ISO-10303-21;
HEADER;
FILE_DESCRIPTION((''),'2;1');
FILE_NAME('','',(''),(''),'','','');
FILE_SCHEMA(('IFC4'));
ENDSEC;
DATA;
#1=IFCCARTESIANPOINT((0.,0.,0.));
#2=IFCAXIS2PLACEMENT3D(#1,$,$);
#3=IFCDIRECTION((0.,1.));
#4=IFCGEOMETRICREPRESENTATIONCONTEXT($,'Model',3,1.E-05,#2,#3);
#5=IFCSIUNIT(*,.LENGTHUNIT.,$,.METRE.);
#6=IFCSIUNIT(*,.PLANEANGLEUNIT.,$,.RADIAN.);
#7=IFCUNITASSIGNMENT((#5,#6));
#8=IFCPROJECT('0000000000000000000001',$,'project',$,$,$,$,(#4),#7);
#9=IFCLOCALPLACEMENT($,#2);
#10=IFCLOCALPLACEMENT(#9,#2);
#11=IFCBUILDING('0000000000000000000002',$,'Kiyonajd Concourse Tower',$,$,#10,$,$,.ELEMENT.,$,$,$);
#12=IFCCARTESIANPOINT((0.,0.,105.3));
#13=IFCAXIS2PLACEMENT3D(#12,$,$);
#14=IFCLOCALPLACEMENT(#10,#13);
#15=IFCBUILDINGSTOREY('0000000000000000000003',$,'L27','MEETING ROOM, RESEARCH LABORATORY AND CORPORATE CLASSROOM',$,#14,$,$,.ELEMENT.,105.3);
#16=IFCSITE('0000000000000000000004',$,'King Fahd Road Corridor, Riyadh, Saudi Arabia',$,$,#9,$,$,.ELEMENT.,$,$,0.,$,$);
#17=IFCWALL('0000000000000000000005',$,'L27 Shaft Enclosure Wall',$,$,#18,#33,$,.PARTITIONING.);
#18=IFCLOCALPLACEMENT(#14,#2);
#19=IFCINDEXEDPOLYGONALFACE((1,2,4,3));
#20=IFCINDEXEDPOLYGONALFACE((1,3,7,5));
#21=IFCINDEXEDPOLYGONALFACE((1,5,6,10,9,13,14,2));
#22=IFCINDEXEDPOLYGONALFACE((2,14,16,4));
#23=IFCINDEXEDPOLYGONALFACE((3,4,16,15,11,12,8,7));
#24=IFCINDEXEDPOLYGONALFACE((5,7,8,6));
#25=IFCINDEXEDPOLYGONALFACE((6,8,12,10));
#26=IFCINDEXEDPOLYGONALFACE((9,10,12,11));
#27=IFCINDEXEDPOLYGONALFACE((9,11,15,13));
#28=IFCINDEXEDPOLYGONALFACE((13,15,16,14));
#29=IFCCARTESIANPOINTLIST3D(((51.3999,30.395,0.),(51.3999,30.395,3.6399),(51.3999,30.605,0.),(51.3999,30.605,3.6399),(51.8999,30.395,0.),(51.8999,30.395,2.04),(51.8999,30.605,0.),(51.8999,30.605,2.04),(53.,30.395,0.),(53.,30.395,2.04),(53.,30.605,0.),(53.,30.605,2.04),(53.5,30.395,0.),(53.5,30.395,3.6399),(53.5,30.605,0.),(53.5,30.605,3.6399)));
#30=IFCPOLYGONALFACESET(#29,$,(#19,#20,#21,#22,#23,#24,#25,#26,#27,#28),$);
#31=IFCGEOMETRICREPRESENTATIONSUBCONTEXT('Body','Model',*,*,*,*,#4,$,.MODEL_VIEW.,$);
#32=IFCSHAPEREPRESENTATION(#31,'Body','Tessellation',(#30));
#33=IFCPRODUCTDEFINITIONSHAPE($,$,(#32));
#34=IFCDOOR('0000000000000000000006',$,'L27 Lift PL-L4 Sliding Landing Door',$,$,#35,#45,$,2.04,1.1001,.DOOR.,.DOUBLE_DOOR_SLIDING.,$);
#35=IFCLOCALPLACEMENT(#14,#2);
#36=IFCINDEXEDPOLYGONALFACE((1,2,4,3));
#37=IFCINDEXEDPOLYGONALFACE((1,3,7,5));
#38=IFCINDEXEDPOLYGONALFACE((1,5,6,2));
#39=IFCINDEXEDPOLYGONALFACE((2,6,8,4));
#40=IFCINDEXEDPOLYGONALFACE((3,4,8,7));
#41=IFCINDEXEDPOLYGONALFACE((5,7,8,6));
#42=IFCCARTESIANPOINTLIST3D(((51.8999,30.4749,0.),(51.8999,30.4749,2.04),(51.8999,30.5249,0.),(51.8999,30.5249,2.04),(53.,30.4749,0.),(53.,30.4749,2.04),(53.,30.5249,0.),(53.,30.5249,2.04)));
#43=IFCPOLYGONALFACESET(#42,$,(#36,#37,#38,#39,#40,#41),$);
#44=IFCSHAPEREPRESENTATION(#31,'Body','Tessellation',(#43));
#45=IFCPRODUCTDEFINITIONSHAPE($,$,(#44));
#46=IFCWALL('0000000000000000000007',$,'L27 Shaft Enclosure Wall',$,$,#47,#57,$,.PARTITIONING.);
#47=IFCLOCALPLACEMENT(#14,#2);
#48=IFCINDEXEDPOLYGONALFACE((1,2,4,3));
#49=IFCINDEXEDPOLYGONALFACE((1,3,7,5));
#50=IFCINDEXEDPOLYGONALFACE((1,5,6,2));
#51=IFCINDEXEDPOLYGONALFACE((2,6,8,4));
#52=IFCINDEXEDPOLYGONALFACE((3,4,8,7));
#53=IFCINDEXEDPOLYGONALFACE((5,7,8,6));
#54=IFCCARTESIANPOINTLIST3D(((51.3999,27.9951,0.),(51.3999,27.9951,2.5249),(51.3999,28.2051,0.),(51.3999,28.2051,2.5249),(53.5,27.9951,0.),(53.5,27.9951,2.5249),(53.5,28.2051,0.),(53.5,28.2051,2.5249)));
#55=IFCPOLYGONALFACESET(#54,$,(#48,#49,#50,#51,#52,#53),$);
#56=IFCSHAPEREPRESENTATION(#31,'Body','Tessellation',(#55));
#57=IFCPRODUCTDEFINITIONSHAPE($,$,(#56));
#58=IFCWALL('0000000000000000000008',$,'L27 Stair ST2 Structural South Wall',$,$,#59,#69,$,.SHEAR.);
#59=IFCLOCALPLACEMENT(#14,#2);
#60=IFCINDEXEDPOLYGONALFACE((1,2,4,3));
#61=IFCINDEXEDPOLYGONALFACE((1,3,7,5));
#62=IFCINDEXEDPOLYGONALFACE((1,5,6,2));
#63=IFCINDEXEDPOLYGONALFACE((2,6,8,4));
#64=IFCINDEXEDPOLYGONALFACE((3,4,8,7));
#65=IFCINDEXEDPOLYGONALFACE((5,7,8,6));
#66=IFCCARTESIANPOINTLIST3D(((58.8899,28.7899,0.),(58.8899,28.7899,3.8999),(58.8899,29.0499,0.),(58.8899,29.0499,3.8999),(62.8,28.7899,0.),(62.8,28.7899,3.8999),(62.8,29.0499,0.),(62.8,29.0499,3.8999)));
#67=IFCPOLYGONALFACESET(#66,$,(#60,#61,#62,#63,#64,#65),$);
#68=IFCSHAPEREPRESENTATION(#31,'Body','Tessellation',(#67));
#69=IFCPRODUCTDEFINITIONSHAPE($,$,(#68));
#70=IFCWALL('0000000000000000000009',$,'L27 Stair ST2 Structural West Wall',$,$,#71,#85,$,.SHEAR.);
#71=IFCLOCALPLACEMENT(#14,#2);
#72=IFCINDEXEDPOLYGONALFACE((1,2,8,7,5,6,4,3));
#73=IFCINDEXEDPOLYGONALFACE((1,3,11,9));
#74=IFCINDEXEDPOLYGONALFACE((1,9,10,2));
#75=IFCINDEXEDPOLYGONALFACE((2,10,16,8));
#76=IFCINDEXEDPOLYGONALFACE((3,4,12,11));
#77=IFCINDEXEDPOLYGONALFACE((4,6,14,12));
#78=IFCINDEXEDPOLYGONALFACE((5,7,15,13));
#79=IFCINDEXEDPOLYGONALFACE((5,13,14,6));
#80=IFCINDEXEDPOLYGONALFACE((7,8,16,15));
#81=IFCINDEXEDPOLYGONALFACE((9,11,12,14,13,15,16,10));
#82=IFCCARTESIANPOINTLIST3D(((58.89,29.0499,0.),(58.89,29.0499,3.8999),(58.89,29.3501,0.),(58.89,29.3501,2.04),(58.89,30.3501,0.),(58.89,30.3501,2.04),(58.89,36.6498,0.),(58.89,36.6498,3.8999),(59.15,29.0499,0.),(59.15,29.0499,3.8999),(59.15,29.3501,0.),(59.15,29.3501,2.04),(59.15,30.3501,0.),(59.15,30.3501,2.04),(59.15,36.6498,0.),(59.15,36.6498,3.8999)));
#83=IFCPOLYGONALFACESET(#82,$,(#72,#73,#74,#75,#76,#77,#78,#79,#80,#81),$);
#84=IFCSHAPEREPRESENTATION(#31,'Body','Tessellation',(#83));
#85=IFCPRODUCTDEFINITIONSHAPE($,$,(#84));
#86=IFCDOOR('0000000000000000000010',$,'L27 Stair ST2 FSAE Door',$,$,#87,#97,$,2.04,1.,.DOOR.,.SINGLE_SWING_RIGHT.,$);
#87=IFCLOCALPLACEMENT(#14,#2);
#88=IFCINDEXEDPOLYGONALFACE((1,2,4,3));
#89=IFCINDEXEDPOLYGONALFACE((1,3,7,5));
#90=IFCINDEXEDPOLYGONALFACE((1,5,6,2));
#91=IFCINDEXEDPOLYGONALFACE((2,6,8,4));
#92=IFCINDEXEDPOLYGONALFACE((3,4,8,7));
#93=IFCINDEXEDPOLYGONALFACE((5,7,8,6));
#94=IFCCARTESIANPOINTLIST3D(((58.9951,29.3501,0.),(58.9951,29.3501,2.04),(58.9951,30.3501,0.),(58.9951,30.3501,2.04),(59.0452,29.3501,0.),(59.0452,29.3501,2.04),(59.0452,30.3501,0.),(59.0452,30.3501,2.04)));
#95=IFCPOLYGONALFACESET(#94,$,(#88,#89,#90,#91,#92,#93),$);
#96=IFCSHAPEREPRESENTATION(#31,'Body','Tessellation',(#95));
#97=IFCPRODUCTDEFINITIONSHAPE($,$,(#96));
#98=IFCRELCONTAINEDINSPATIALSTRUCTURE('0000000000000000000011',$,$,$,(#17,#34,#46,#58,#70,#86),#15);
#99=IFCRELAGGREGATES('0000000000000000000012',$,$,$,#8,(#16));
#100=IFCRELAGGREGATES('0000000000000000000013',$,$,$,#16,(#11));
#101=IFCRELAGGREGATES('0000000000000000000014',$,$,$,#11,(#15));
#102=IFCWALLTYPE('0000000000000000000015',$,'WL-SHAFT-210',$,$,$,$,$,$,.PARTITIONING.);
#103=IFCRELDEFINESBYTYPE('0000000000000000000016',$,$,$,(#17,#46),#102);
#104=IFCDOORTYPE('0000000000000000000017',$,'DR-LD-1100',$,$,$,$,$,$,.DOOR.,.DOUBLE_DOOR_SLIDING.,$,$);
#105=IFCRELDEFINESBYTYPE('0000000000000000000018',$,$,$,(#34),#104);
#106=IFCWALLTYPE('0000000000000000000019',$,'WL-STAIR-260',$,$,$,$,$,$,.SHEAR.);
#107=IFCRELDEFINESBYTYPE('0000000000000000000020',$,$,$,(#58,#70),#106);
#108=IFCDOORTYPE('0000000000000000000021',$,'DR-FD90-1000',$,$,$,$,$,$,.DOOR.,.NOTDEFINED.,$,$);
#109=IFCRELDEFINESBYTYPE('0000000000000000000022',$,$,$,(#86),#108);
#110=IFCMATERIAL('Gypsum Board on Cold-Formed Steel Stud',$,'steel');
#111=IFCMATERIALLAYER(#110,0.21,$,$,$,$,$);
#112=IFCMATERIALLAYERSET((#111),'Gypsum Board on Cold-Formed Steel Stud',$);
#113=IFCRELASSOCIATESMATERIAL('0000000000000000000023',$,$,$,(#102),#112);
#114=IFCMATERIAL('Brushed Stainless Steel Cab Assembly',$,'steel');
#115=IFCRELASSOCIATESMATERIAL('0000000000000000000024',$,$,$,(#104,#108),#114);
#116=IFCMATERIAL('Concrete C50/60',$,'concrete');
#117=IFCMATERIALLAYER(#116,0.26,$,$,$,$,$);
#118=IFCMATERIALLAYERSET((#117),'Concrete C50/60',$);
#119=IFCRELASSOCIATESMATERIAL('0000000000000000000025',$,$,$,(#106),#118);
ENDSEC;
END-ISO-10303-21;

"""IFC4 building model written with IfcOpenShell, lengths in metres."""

from ifc_helpers import new_model, si_unit, direction, frame, frame_2d, origin, place, context, subcontext, project, spatial, rectangle, extrude, material, layer, layer_set, type_object, element, fill, save


model = new_model("IFC4")

# Units and contexts
model_context = context("Model", 3, precision=1e-05, world=origin(), true_north=direction((0.0, 1.0)))
body_context = subcontext(model_context, "Body", "Model", "MODEL_VIEW")
ifc_project = project(units=[si_unit("LENGTHUNIT", "METRE"), si_unit("PLANEANGLEUNIT", "RADIAN")], contexts=[model_context])

# Site, building, storey
site_placement = place(None, origin())
site = spatial("IfcSite", under=ifc_project, at=site_placement, Name="King Fahd Road Corridor, Riyadh, Saudi Arabia", CompositionType="ELEMENT", RefElevation=0.0)
building_placement = place(site_placement, origin())
building = spatial("IfcBuilding", under=site, at=building_placement, Name="Kiyonajd Concourse Tower", CompositionType="ELEMENT")
storey_placement = place(building_placement, frame((0.0, 0.0, 105.3)))
storey = spatial("IfcBuildingStorey", under=building, at=storey_placement, Name="L27", Description="MEETING ROOM, RESEARCH LABORATORY AND CORPORATE CLASSROOM", CompositionType="ELEMENT", Elevation=105.3)

# Shared definitions
ifc_material_1 = material(Name="Concrete C50/60", Category="concrete")

# Shared definitions
ifc_material_2 = material(Name="Brushed Stainless Steel Cab Assembly", Category="steel")
ifc_material_3 = material(Name="Gypsum Board on Cold-Formed Steel Stud", Category="steel")
ifc_layer_1 = layer(ifc_material_3, 0.21)
ifc_layer_set_1 = layer_set([ifc_layer_1], Name="Gypsum Board on Cold-Formed Steel Stud")
wall_type_1 = type_object("IfcWallType", Name="WL-SHAFT-210", PredefinedType="PARTITIONING", material=ifc_layer_set_1)

# Wall, opening, door
wall_1_placement = place(storey_placement, frame((51.3999, 30.5, 0.0), z_axis=(0.0, 0.0, 1.0), x_axis=(1.0, 0.0, 0.0)))
wall_1 = element("IfcWall", 1, at=wall_1_placement, inside=storey, type_object=wall_type_1, Name="L27 Shaft Enclosure Wall", PredefinedType="PARTITIONING", context=body_context, shape_type="SweptSolid", body=[
    extrude(rectangle(XDim=2.1001, YDim=0.21, at=frame_2d((1.05, 0.0))), origin(), (0.0, 0.0, 1.0), 3.6399),
])
opening_1_placement = place(wall_1_placement, frame((0.5, 0.0, 0.0)))
opening_1 = element("IfcOpeningElement", 2, at=opening_1_placement, cuts=wall_1, PredefinedType="OPENING", context=body_context, shape_type="SweptSolid", body=[
    extrude(rectangle(XDim=1.1001, YDim=2.04, at=frame_2d((0.55, 1.02))), frame((0.0, 0.115, 0.0), z_axis=(0.0, -1.0, 0.0), x_axis=(1.0, 0.0, 0.0)), (0.0, 0.0, 1.0), 0.23),
])
door_type_1 = type_object("IfcDoorType", Name="DR-LD-1100", OperationType="DOUBLE_DOOR_SLIDING", PredefinedType="DOOR", material=ifc_material_2)
door_1_placement = place(opening_1_placement, origin())
door_1 = element("IfcDoor", 3, at=door_1_placement, inside=storey, type_object=door_type_1, Name="L27 Lift PL-L4 Sliding Landing Door", OperationType="DOUBLE_DOOR_SLIDING", OverallHeight=2.04, OverallWidth=1.1001, PredefinedType="DOOR", context=body_context, shape_type="SweptSolid", body=[
    extrude(rectangle(XDim=1.1001, YDim=2.04, at=frame_2d((0.55, 1.02))), frame((0.0, 0.0249, 0.0), z_axis=(0.0, -1.0, 0.0), x_axis=(1.0, 0.0, 0.0)), (0.0, 0.0, 1.0), 0.05),
])
fill(opening_1, door_1)

# Walls
wall_2_placement = place(storey_placement, frame((51.3999, 28.1001, 0.0), z_axis=(0.0, 0.0, 1.0), x_axis=(1.0, 0.0, 0.0)))
element("IfcWall", 4, at=wall_2_placement, inside=storey, type_object=wall_type_1, Name="L27 Shaft Enclosure Wall", PredefinedType="PARTITIONING", context=body_context, shape_type="SweptSolid", body=[
    extrude(rectangle(XDim=2.1001, YDim=0.21, at=frame_2d((1.05, 0.0))), origin(), (0.0, 0.0, 1.0), 2.5249),
])
ifc_layer_2 = layer(ifc_material_1, 0.26)
ifc_layer_set_2 = layer_set([ifc_layer_2], Name="Concrete C50/60")
wall_type_2 = type_object("IfcWallType", Name="WL-STAIR-260", PredefinedType="SHEAR", material=ifc_layer_set_2)
wall_3_placement = place(storey_placement, frame((58.8899, 28.9199, 0.0), z_axis=(0.0, 0.0, 1.0), x_axis=(1.0, 0.0, 0.0)))
element("IfcWall", 5, at=wall_3_placement, inside=storey, type_object=wall_type_2, Name="L27 Stair ST2 Structural South Wall", PredefinedType="SHEAR", context=body_context, shape_type="SweptSolid", body=[
    extrude(rectangle(XDim=3.9102, YDim=0.26, at=frame_2d((1.9551, 0.0))), origin(), (0.0, 0.0, 1.0), 3.8999),
])

# Wall, opening, door
wall_4_placement = place(storey_placement, frame((59.02, 29.05, 0.0), z_axis=(0.0, 0.0, 1.0), x_axis=(0.0, 1.0, 0.0)))
wall_4 = element("IfcWall", 6, at=wall_4_placement, inside=storey, type_object=wall_type_2, Name="L27 Stair ST2 Structural West Wall", PredefinedType="SHEAR", context=body_context, shape_type="SweptSolid", body=[
    extrude(rectangle(XDim=7.5999, YDim=0.26, at=frame_2d((3.7998, 0.0))), origin(), (0.0, 0.0, 1.0), 3.8999),
])
opening_2_placement = place(wall_4_placement, frame((0.3, 0.0, 0.0)))
opening_2 = element("IfcOpeningElement", 7, at=opening_2_placement, cuts=wall_4, PredefinedType="OPENING", context=body_context, shape_type="SweptSolid", body=[
    extrude(rectangle(XDim=1.0, YDim=2.04, at=frame_2d((0.5, 1.02))), frame((0.0, 0.1399, 0.0), z_axis=(0.0, -1.0, 0.0), x_axis=(1.0, 0.0, 0.0)), (0.0, 0.0, 1.0), 0.28),
])
door_type_2 = type_object("IfcDoorType", Name="DR-FD90-1000", OperationType="NOTDEFINED", PredefinedType="DOOR", material=ifc_material_2)
door_2_placement = place(opening_2_placement, origin())
door_2 = element("IfcDoor", 8, at=door_2_placement, inside=storey, type_object=door_type_2, Name="L27 Stair ST2 FSAE Door", OperationType="SINGLE_SWING_RIGHT", OverallHeight=2.04, OverallWidth=1.0, PredefinedType="DOOR", context=body_context, shape_type="SweptSolid", body=[
    extrude(rectangle(XDim=1.0, YDim=2.04, at=frame_2d((0.5, 1.02))), frame((0.0, 0.0249, 0.0), z_axis=(0.0, -1.0, 0.0), x_axis=(1.0, 0.0, 0.0)), (0.0, 0.0, 1.0), 0.05),
])
fill(opening_2, door_2)

save(model, "model.ifc")
